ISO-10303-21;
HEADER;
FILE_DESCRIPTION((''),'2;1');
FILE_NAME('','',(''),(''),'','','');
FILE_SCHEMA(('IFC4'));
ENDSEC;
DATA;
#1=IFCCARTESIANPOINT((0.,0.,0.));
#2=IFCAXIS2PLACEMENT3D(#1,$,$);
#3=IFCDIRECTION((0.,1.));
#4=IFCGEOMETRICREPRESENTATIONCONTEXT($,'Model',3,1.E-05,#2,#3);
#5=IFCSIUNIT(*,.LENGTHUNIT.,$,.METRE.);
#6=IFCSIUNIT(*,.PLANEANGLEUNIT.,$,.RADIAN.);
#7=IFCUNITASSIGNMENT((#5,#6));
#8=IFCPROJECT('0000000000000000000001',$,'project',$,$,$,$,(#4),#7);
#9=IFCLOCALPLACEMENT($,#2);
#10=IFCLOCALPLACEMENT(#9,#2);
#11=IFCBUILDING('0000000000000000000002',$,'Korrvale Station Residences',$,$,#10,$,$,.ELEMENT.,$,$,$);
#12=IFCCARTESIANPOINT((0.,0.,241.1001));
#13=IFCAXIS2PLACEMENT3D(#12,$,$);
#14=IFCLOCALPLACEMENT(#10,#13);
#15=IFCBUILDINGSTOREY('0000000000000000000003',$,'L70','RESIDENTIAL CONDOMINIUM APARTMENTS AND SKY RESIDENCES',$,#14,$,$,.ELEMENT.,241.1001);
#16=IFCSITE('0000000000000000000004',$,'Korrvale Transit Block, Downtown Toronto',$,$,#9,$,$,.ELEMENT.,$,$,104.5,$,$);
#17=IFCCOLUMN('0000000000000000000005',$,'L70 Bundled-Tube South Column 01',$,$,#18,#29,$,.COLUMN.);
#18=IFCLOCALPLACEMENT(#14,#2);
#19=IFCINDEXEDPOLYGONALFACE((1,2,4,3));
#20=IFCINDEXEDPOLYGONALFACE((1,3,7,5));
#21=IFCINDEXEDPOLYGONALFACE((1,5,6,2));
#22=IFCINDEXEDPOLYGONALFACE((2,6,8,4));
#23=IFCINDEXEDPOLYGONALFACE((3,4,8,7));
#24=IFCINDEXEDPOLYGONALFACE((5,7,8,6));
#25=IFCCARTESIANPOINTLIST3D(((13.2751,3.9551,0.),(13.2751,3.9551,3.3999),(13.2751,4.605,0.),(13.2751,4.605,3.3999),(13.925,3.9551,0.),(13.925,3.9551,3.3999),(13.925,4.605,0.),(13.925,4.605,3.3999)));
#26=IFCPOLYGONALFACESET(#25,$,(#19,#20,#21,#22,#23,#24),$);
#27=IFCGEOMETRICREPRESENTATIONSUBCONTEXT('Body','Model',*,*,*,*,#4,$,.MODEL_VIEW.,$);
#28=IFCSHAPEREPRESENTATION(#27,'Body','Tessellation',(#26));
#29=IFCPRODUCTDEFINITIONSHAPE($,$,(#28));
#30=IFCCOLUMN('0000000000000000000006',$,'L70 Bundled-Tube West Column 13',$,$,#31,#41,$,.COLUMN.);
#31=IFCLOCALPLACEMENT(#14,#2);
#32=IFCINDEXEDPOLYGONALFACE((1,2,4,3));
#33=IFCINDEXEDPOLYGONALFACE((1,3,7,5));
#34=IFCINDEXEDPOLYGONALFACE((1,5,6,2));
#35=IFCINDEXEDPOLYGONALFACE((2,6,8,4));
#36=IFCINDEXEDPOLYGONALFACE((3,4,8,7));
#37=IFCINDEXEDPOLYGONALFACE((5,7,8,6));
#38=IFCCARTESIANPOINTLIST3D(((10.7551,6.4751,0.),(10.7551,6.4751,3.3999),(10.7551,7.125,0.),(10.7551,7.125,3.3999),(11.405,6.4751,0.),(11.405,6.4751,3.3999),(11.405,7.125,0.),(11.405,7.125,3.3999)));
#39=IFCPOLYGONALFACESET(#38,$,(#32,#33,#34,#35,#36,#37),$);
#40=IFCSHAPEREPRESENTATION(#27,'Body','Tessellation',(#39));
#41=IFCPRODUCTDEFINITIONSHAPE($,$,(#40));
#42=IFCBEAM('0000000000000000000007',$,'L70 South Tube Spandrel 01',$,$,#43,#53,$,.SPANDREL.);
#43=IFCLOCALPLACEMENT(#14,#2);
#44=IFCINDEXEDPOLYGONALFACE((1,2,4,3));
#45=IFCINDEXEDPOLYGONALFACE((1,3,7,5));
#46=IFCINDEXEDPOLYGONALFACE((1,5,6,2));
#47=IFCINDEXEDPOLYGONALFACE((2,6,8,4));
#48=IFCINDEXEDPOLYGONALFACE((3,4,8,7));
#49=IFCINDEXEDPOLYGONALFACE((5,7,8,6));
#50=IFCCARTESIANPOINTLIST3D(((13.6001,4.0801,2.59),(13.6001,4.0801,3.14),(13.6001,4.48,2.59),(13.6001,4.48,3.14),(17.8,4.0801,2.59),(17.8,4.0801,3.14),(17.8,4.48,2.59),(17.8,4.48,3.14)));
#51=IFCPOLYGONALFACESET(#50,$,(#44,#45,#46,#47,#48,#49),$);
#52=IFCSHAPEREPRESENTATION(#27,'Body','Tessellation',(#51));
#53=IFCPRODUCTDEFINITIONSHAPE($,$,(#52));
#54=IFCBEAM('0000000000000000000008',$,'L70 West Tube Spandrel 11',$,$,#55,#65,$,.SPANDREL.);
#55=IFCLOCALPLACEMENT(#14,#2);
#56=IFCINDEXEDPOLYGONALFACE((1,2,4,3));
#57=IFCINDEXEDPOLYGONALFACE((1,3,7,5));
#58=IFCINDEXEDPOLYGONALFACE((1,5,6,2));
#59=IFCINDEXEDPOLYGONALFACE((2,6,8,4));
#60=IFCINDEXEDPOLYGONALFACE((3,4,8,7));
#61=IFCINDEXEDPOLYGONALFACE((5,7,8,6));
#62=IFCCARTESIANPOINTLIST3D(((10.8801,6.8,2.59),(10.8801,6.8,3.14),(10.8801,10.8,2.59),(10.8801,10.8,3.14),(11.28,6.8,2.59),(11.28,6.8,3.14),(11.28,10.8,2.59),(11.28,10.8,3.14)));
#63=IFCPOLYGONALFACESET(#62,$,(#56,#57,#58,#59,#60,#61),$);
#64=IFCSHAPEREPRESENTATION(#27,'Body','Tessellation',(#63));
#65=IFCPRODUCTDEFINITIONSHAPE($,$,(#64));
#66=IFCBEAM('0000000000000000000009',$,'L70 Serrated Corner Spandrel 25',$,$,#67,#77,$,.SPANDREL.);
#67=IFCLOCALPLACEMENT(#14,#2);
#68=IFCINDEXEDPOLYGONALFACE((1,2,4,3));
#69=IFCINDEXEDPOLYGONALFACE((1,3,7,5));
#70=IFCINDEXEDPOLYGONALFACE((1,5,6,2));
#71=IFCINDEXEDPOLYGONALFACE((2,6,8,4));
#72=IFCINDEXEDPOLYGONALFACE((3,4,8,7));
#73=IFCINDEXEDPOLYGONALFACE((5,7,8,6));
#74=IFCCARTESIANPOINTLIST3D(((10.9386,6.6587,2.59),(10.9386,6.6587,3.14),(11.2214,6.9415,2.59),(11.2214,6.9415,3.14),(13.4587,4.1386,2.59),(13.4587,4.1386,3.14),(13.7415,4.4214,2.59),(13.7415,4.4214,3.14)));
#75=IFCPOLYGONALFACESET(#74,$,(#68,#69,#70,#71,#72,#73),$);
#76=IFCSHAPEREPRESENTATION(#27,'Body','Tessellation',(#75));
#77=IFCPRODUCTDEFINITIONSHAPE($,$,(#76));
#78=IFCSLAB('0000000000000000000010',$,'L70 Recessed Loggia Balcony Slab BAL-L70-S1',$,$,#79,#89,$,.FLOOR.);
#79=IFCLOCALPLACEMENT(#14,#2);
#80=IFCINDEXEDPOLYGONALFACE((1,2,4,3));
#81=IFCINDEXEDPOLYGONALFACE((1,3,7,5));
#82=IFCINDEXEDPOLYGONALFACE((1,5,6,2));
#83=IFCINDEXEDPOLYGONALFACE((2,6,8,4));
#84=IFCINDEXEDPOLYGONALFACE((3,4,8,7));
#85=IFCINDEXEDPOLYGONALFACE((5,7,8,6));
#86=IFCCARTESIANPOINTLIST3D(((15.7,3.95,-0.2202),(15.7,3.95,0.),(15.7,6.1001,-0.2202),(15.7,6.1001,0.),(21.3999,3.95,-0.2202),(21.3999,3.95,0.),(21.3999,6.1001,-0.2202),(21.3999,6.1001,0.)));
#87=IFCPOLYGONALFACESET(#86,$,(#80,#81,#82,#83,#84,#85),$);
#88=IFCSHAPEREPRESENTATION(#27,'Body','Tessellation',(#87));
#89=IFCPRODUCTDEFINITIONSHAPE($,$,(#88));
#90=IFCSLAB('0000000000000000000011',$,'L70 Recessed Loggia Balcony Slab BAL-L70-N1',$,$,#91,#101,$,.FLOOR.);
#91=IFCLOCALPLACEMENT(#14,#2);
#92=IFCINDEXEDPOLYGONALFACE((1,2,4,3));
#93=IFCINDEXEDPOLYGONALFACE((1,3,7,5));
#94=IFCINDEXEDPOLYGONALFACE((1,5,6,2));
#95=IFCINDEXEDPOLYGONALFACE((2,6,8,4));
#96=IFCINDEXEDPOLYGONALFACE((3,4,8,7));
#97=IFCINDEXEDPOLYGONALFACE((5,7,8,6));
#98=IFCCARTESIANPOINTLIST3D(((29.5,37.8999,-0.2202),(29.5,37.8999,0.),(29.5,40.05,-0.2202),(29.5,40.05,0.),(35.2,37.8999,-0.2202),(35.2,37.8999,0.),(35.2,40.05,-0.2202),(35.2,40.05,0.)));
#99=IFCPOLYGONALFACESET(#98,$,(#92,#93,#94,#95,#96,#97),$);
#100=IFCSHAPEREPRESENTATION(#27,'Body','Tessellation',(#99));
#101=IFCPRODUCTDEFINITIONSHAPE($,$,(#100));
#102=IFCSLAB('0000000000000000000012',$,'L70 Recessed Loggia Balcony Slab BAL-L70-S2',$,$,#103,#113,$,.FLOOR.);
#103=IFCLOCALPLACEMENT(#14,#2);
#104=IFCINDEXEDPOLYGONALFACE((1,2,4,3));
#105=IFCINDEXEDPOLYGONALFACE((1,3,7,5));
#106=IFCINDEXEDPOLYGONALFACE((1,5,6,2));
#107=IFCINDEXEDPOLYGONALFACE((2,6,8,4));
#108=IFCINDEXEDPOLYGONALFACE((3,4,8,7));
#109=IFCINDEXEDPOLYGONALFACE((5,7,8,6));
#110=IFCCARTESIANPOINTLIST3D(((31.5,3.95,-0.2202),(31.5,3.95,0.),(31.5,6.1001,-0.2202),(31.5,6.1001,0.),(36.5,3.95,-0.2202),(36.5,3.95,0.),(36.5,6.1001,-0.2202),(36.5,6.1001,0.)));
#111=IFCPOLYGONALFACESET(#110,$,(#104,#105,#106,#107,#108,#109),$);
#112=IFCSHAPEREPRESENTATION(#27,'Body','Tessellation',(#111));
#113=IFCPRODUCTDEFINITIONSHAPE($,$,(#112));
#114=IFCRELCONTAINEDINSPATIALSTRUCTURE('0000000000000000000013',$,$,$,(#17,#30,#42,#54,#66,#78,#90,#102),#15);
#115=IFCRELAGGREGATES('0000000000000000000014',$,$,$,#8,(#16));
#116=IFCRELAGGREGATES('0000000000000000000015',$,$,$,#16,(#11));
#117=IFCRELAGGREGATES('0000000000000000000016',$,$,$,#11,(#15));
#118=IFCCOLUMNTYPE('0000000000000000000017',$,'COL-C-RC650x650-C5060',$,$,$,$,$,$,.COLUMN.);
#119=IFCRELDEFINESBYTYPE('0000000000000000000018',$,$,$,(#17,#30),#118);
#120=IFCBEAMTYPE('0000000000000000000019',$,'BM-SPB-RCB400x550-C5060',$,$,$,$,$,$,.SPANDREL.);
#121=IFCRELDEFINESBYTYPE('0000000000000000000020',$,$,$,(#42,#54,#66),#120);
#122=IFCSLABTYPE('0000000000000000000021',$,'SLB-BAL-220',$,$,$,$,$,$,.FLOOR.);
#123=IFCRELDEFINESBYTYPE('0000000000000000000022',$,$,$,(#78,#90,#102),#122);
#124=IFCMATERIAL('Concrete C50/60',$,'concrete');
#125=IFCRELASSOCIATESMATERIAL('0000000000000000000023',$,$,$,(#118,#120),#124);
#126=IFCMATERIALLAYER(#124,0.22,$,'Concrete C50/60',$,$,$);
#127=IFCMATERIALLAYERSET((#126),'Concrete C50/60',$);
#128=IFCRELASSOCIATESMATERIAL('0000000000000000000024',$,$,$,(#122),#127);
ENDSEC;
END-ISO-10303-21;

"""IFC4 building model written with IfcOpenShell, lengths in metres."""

from ifc_helpers import new_model, si_unit, direction, frame, origin, origin_2d, place, context, subcontext, project, spatial, polyline, rectangle, outline, extrude, material, layer, layer_set, material_profile, profile_set, type_object, element, save


model = new_model("IFC4")

# Units and contexts
model_context = context("Model", 3, precision=1e-05, world=origin(), true_north=direction((0.0, 1.0)))
body_context = subcontext(model_context, "Body", "Model", "MODEL_VIEW")
ifc_project = project(units=[si_unit("LENGTHUNIT", "METRE"), si_unit("PLANEANGLEUNIT", "RADIAN")], contexts=[model_context])

# Site, building, storey
site_placement = place(None, origin())
site = spatial("IfcSite", under=ifc_project, at=site_placement, Name="Korrvale Transit Block, Downtown Toronto", CompositionType="ELEMENT", RefElevation=104.5)
building_placement = place(site_placement, origin())
building = spatial("IfcBuilding", under=site, at=building_placement, Name="Korrvale Station Residences", CompositionType="ELEMENT")
storey_placement = place(building_placement, frame((0.0, 0.0, 241.1001)))
storey = spatial("IfcBuildingStorey", under=building, at=storey_placement, Name="L70", Description="RESIDENTIAL CONDOMINIUM APARTMENTS AND SKY RESIDENCES", CompositionType="ELEMENT", Elevation=241.1001)

# Columns
ifc_material_1 = material(Name="Concrete C50/60", Category="concrete")
ifc_material_profile_1 = material_profile(ifc_material_1, rectangle(XDim=0.6499, YDim=0.6499, at=origin_2d()), Name="RC650x650")
ifc_profile_set_1 = profile_set([ifc_material_profile_1], Name="Concrete C50/60")
column_type = type_object("IfcColumnType", Name="COL-C-RC650x650-C5060", PredefinedType="COLUMN", material=ifc_profile_set_1)
for number, where, z_axis, x_axis, name in (
    (1, (13.6001, 4.28, 0.0), (0.0, 0.0, 1.0), (1.0, 0.0, 0.0), "L70 Bundled-Tube South Column 01"),
    (2, (11.0801, 6.8, 0.0), (0.0, 0.0, 1.0), (1.0, 0.0, 0.0), "L70 Bundled-Tube West Column 13"),
):
    element("IfcColumn", number, at=place(storey_placement, frame(where, z_axis=z_axis, x_axis=x_axis)), inside=storey, type_object=column_type, Name=name, PredefinedType="COLUMN", context=body_context, shape_type="SweptSolid", body=[
        extrude(rectangle(XDim=0.6499, YDim=0.6499, at=origin_2d()), origin(), (0.0, 0.0, 1.0), 3.3999),
    ])

# Beams
ifc_material_profile_2 = material_profile(ifc_material_1, rectangle(XDim=0.3999, YDim=0.55, at=origin_2d()), Name="RCB400x550")
ifc_profile_set_2 = profile_set([ifc_material_profile_2], Name="Concrete C50/60")
beam_type = type_object("IfcBeamType", Name="BM-SPB-RCB400x550-C5060", PredefinedType="SPANDREL", material=ifc_profile_set_2)
beam_1_placement = place(storey_placement, frame((13.6001, 4.28, 2.865), z_axis=(1.0, 0.0, 0.0), x_axis=(0.0, 1.0, 0.0)))
element("IfcBeam", 3, at=beam_1_placement, inside=storey, type_object=beam_type, Name="L70 South Tube Spandrel 01", PredefinedType="SPANDREL", context=body_context, shape_type="SweptSolid", body=[
    extrude(rectangle(XDim=0.3999, YDim=0.55, at=origin_2d()), origin(), (0.0, 0.0, 1.0), 4.2),
])
beam_2_placement = place(storey_placement, frame((11.0801, 6.8, 2.865), z_axis=(0.0, 1.0, 0.0), x_axis=(-1.0, 0.0, 0.0)))
element("IfcBeam", 4, at=beam_2_placement, inside=storey, type_object=beam_type, Name="L70 West Tube Spandrel 11", PredefinedType="SPANDREL", context=body_context, shape_type="SweptSolid", body=[
    extrude(rectangle(XDim=0.3999, YDim=0.55, at=origin_2d()), origin(), (0.0, 0.0, 1.0), 4.0),
])
beam_3_placement = place(storey_placement, frame((13.6001, 4.28, 2.865), z_axis=(-0.707107, 0.707107, 0.0), x_axis=(-0.707107, -0.707107, 0.0)))
element("IfcBeam", 5, at=beam_3_placement, inside=storey, type_object=beam_type, Name="L70 Serrated Corner Spandrel 25", PredefinedType="SPANDREL", context=body_context, shape_type="SweptSolid", body=[
    extrude(rectangle(XDim=0.3999, YDim=0.55, at=origin_2d()), origin(), (0.0, 0.0, 1.0), 3.564),
])

# Slabs
ifc_layer_1 = layer(ifc_material_1, 0.22, Name="Concrete C50/60")
ifc_layer_set_1 = layer_set([ifc_layer_1], Name="Concrete C50/60")
slab_type_1 = type_object("IfcSlabType", Name="SLB-BAL-220", PredefinedType="FLOOR", material=ifc_layer_set_1)
slab_1_placement = place(storey_placement, frame((0.0, 0.0, -0.2202)))
element("IfcSlab", 6, at=slab_1_placement, inside=storey, type_object=slab_type_1, Name="L70 Recessed Loggia Balcony Slab BAL-L70-S1", PredefinedType="FLOOR", context=body_context, shape_type="SweptSolid", body=[
    extrude(outline(polyline([(15.7, 3.95), (21.3999, 3.95), (21.3999, 6.1001), (15.7, 6.1001), (15.7, 3.95)])), origin(), (0.0, 0.0, 1.0), 0.2202),
])
slab_2_placement = place(storey_placement, frame((0.0, 0.0, -0.2202)))
element("IfcSlab", 7, at=slab_2_placement, inside=storey, type_object=slab_type_1, Name="L70 Recessed Loggia Balcony Slab BAL-L70-N1", PredefinedType="FLOOR", context=body_context, shape_type="SweptSolid", body=[
    extrude(outline(polyline([(29.5, 37.8999), (35.2, 37.8999), (35.2, 40.05), (29.5, 40.05), (29.5, 37.8999)])), origin(), (0.0, 0.0, 1.0), 0.2202),
])
slab_3_placement = place(storey_placement, frame((0.0, 0.0, -0.2202)))
element("IfcSlab", 8, at=slab_3_placement, inside=storey, type_object=slab_type_1, Name="L70 Recessed Loggia Balcony Slab BAL-L70-S2", PredefinedType="FLOOR", context=body_context, shape_type="SweptSolid", body=[
    extrude(outline(polyline([(31.5, 3.95), (36.5, 3.95), (36.5, 6.1001), (31.5, 6.1001), (31.5, 3.95)])), origin(), (0.0, 0.0, 1.0), 0.2202),
])

save(model, "model.ifc")
